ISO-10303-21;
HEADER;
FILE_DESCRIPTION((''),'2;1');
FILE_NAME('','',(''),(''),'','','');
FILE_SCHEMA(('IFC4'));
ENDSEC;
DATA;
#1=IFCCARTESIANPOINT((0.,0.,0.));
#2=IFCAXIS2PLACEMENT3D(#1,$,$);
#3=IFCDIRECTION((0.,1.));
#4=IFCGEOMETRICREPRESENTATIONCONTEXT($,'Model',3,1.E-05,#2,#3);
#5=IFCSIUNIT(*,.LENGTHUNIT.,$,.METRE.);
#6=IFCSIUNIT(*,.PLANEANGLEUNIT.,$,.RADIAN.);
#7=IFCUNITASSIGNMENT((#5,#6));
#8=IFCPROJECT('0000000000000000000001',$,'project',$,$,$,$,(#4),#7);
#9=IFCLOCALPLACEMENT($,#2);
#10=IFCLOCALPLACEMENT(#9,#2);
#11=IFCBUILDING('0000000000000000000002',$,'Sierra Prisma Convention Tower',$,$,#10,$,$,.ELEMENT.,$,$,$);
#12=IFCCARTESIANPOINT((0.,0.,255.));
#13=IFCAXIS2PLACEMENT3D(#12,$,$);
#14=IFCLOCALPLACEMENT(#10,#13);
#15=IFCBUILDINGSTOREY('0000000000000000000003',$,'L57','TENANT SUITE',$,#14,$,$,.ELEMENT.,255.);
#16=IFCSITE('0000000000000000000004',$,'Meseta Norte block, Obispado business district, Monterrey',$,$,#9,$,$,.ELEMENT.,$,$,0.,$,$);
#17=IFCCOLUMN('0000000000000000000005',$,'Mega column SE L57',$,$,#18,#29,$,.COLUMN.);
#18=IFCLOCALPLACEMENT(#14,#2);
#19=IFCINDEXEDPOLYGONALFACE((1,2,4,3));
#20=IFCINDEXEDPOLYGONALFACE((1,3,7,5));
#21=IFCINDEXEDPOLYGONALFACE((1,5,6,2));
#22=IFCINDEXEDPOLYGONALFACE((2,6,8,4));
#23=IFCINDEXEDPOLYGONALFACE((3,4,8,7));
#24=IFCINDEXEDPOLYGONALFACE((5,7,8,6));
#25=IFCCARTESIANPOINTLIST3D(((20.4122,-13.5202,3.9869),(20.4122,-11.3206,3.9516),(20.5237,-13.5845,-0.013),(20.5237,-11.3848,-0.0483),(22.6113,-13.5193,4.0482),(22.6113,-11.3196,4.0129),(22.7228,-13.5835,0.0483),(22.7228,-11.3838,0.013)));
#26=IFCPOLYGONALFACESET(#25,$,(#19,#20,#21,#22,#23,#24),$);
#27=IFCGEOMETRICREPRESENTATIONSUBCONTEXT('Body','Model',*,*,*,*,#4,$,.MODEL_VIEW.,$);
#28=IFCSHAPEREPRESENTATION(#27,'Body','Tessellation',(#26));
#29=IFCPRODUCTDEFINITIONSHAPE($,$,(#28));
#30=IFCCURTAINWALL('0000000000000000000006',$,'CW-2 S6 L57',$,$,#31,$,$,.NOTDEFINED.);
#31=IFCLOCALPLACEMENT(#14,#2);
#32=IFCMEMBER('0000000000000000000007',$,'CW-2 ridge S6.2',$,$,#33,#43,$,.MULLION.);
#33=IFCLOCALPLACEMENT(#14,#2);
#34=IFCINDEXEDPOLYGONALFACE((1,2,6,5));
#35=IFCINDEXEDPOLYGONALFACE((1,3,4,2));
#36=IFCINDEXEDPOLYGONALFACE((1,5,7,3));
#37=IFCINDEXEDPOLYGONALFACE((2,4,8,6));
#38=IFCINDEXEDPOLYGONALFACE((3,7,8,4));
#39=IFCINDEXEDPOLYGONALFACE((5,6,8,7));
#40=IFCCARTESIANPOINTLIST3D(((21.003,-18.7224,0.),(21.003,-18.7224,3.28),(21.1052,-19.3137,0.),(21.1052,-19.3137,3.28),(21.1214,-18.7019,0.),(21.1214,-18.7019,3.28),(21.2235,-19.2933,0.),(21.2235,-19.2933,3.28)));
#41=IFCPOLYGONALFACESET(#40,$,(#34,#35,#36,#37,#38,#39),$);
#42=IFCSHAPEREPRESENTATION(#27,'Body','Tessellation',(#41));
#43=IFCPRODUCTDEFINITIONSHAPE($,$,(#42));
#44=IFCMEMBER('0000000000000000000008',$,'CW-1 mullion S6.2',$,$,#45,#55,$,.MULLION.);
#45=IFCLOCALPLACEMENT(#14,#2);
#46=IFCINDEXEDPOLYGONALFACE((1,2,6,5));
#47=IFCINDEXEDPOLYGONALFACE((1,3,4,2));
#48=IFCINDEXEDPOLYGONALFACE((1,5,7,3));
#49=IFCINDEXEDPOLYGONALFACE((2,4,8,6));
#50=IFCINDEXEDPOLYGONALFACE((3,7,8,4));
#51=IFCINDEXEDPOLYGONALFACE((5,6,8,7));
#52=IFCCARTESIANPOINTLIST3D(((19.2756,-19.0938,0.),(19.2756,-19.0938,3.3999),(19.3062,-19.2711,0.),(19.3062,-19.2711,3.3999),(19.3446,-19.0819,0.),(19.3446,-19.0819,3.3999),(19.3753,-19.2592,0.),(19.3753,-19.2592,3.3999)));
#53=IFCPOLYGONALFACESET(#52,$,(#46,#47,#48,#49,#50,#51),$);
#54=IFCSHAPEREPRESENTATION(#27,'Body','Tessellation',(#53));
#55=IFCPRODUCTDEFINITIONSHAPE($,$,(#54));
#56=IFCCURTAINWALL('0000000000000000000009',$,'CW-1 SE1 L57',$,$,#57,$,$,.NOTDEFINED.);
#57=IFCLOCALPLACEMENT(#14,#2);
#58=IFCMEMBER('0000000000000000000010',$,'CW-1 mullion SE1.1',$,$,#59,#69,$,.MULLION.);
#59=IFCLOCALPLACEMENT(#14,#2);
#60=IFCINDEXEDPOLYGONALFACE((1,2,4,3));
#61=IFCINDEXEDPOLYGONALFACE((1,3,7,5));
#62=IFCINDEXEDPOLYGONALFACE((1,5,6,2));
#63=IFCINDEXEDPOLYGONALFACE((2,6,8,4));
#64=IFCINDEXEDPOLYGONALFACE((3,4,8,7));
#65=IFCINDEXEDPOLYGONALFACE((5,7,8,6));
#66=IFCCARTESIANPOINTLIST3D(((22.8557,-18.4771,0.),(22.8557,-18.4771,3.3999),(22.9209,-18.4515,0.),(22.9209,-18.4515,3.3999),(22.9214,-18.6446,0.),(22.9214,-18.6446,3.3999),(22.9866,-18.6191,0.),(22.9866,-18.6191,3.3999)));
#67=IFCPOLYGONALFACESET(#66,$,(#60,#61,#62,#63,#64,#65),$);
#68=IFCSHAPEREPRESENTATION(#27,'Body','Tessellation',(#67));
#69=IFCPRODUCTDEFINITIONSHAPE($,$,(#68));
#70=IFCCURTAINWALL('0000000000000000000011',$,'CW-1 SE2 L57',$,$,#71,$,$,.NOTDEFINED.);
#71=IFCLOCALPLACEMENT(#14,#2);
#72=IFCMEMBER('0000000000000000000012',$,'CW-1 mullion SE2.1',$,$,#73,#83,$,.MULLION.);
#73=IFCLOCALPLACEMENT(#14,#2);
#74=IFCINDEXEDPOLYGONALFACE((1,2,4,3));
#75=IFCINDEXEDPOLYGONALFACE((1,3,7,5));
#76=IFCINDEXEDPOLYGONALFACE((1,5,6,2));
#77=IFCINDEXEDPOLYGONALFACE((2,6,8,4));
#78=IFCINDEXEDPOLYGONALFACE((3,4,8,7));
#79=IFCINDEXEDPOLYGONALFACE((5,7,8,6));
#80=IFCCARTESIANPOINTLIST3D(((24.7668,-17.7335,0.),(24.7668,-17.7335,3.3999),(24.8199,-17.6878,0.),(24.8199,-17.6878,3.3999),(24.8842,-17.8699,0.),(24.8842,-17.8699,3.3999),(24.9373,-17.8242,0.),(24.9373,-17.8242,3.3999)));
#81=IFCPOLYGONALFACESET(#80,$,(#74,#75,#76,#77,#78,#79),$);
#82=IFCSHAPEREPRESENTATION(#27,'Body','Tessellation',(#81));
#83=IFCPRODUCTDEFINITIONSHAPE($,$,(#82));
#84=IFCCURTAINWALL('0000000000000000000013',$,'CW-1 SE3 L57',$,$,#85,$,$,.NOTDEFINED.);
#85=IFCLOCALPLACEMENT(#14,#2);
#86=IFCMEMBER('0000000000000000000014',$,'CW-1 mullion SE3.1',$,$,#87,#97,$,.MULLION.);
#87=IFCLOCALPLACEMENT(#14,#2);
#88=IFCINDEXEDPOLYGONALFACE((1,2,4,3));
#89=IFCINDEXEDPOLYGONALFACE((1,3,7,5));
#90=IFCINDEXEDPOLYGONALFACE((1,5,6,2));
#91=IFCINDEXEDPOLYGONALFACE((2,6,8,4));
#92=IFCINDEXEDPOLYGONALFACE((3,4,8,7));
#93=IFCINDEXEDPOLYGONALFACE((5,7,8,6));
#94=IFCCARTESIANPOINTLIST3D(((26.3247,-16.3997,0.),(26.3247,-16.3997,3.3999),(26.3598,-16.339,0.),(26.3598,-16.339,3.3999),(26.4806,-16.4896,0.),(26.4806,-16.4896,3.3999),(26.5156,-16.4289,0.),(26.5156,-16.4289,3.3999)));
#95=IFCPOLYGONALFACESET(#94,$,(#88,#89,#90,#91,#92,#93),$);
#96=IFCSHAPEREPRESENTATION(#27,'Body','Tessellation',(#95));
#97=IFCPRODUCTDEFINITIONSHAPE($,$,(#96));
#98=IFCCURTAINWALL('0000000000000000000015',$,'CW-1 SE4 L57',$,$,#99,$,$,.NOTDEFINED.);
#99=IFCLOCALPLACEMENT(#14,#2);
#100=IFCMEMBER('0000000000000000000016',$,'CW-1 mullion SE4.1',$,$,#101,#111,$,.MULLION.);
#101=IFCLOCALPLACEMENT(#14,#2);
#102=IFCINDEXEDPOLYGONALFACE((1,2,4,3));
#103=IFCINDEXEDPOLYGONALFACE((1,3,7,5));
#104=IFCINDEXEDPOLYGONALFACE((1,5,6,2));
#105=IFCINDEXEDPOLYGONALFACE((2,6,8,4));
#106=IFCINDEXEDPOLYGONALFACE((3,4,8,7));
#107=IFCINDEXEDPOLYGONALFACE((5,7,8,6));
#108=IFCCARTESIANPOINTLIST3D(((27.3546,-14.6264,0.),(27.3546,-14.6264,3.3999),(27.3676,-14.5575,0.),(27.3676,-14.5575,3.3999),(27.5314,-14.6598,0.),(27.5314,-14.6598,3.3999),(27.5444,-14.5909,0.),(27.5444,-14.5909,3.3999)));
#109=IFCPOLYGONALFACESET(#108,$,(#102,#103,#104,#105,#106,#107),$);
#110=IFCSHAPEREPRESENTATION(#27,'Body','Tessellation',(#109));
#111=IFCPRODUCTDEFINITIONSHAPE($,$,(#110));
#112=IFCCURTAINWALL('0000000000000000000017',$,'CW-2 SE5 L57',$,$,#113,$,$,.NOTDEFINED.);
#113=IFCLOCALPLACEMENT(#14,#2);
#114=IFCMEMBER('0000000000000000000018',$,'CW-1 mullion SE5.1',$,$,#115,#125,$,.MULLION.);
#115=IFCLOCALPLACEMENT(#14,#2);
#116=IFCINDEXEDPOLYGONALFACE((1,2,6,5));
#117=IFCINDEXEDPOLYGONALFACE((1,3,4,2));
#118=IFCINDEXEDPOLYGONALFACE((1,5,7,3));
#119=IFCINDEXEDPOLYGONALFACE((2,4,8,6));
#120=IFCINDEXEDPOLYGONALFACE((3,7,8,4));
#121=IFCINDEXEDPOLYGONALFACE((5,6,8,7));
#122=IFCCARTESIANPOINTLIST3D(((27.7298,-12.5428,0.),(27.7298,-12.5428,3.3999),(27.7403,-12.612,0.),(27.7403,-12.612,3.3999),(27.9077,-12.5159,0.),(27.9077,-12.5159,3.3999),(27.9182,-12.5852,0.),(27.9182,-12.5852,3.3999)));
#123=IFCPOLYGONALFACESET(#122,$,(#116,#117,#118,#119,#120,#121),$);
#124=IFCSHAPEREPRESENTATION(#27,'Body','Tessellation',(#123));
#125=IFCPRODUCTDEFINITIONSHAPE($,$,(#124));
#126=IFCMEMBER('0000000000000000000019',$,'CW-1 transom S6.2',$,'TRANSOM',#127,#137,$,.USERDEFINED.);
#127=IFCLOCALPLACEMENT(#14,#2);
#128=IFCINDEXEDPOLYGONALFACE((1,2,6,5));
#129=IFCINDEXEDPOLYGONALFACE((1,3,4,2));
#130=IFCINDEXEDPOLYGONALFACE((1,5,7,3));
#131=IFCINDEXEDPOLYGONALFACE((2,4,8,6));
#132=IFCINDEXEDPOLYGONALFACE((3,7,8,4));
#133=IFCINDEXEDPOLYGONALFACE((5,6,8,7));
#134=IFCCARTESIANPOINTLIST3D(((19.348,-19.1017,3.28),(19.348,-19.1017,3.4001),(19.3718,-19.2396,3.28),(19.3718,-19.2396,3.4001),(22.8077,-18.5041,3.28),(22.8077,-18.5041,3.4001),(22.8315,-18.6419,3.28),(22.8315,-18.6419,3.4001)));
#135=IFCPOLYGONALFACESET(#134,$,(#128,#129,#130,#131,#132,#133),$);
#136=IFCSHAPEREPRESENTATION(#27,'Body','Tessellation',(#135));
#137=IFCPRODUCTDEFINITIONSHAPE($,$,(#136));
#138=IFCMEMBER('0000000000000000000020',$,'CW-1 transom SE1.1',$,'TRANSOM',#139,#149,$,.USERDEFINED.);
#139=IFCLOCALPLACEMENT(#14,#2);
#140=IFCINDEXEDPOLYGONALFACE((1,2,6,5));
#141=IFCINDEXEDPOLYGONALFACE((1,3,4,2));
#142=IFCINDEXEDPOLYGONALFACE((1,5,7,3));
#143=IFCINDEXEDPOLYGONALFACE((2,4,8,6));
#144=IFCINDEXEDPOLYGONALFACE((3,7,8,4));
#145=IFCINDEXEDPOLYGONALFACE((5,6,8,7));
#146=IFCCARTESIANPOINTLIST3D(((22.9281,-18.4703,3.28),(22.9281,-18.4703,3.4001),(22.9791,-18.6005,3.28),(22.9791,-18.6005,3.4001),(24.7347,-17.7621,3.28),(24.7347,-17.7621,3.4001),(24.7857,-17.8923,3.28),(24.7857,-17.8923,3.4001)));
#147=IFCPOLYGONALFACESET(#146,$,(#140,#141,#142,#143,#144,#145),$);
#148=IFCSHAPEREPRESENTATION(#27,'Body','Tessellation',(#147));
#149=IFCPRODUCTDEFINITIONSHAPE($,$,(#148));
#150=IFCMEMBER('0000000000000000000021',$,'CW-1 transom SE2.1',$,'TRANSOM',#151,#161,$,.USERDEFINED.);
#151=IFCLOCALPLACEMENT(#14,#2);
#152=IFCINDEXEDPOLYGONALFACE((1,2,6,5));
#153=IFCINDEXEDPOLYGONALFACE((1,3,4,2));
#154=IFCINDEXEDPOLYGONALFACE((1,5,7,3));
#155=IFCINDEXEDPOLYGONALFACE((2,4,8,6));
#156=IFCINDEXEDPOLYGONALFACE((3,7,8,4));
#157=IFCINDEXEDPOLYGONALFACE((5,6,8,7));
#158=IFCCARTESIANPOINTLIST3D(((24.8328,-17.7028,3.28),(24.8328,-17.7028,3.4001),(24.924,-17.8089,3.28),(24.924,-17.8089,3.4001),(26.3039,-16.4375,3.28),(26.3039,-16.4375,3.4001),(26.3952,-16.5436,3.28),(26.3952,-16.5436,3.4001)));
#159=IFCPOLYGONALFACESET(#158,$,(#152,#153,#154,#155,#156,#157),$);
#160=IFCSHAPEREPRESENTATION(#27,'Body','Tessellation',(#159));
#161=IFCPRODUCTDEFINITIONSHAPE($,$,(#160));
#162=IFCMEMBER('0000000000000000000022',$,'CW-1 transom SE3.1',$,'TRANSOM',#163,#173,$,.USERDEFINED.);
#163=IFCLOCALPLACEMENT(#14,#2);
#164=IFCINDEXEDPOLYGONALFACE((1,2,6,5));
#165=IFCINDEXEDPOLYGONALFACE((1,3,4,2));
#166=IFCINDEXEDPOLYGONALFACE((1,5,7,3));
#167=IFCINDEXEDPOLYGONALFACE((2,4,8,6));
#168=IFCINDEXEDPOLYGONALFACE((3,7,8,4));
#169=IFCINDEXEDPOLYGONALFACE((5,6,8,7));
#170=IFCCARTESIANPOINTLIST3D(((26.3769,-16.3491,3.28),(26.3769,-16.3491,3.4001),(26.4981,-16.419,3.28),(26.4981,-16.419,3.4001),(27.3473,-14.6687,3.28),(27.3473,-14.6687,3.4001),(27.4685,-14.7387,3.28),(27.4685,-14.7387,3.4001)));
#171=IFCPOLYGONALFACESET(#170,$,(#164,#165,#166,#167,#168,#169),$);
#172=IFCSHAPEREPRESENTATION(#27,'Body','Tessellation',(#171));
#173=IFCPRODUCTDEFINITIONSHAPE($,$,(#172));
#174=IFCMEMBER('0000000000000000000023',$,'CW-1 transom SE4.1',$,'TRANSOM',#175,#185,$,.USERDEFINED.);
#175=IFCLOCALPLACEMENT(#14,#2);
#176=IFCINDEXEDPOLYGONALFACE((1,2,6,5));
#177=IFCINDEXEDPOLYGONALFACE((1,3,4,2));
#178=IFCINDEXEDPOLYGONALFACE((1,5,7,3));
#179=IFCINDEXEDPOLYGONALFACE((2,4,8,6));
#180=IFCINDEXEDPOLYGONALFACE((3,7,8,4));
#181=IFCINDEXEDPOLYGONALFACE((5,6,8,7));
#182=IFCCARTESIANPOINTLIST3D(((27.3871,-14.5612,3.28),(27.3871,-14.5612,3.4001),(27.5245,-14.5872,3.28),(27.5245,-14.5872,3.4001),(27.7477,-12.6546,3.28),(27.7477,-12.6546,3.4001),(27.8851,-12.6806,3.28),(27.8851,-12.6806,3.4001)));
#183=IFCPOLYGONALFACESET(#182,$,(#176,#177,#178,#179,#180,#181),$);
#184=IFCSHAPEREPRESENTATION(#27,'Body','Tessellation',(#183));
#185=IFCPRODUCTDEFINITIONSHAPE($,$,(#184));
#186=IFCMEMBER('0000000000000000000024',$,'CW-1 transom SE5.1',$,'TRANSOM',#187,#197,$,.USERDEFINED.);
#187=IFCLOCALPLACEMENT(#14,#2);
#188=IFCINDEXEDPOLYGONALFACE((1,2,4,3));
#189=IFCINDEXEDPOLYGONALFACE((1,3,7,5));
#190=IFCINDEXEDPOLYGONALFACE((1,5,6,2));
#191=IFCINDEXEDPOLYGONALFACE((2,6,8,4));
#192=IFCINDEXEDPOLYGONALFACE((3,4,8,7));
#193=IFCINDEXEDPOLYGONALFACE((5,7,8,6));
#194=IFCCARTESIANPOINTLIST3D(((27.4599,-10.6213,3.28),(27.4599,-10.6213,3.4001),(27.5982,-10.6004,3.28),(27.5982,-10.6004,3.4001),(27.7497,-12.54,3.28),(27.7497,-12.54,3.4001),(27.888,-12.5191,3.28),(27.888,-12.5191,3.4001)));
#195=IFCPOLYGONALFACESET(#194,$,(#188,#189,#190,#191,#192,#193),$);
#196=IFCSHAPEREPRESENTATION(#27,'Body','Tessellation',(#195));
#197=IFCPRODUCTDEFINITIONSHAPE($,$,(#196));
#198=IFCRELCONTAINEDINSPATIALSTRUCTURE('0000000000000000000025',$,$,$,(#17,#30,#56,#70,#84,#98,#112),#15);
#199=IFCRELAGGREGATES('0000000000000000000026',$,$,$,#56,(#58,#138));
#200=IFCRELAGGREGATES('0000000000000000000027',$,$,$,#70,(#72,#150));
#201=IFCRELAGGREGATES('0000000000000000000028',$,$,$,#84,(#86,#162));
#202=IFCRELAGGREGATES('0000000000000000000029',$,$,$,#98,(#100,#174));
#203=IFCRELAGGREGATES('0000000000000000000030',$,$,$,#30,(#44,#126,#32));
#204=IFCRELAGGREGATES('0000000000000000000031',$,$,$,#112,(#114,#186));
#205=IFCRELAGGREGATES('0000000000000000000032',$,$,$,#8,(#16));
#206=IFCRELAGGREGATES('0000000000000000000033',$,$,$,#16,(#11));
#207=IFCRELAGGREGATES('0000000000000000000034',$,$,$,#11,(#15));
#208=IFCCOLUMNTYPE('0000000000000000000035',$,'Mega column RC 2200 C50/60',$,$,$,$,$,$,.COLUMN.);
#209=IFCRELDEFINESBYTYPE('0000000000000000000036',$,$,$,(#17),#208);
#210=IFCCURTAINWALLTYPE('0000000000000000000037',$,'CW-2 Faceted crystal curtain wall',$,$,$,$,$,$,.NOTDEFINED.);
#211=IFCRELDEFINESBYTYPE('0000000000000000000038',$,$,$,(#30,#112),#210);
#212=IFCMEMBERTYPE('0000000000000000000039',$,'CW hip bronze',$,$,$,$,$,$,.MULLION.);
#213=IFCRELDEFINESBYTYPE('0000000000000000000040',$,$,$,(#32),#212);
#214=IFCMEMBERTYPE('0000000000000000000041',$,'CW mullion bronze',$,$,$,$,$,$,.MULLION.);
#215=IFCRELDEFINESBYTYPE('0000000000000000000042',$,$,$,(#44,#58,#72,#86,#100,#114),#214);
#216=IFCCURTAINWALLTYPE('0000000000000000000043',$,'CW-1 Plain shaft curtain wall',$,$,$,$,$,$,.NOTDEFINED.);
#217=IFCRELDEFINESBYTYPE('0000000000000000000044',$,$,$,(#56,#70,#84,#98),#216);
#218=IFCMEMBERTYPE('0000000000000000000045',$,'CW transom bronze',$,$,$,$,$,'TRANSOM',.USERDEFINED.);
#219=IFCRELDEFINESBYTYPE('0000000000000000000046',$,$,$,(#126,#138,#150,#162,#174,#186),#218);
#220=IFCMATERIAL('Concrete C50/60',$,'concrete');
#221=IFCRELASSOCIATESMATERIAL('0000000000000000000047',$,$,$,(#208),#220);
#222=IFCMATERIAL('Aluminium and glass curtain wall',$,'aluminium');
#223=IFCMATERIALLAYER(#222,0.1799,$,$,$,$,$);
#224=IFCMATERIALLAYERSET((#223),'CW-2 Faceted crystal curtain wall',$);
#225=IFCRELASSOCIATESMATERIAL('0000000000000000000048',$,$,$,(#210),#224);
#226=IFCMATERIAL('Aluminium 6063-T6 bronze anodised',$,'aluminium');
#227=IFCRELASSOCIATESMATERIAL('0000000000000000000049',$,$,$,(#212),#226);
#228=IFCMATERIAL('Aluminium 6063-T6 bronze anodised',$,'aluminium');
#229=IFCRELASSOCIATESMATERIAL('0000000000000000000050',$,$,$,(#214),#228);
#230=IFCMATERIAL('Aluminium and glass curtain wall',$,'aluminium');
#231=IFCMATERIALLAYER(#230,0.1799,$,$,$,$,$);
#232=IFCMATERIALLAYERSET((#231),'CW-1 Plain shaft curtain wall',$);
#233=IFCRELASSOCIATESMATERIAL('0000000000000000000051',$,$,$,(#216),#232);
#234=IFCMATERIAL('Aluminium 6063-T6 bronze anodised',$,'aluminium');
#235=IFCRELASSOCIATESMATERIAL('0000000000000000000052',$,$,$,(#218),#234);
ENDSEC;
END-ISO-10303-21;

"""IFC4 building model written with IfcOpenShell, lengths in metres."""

from ifc_helpers import new_model, si_unit, direction, frame, origin, origin_2d, place, context, subcontext, project, spatial, rectangle, extrude, material, layer, layer_set, material_profile, profile_set, type_object, element, aggregate, save


model = new_model("IFC4")

# Units and contexts
model_context = context("Model", 3, precision=1e-05, world=origin(), true_north=direction((0.0, 1.0)))
body_context = subcontext(model_context, "Body", "Model", "MODEL_VIEW")
ifc_project = project(units=[si_unit("LENGTHUNIT", "METRE"), si_unit("PLANEANGLEUNIT", "RADIAN")], contexts=[model_context])

# Site, building, storey
site_placement = place(None, origin())
site = spatial("IfcSite", under=ifc_project, at=site_placement, Name="Meseta Norte block, Obispado business district, Monterrey", CompositionType="ELEMENT", RefElevation=0.0)
building_placement = place(site_placement, origin())
building = spatial("IfcBuilding", under=site, at=building_placement, Name="Sierra Prisma Convention Tower", CompositionType="ELEMENT")
storey_placement = place(building_placement, frame((0.0, 0.0, 255.0)))
storey = spatial("IfcBuildingStorey", under=building, at=storey_placement, Name="L57", Description="TENANT SUITE", CompositionType="ELEMENT", Elevation=255.0)

# Column
ifc_material_1 = material(Name="Concrete C50/60", Category="concrete")
ifc_material_profile_1 = material_profile(ifc_material_1, rectangle(XDim=2.2, YDim=2.2, at=origin_2d()), Name="Mega column RC 2200 C50/60")
ifc_profile_set_1 = profile_set([ifc_material_profile_1], Name="Concrete C50/60")
column_type = type_object("IfcColumnType", Name="Mega column RC 2200 C50/60", PredefinedType="COLUMN", material=ifc_profile_set_1)
column_placement = place(storey_placement, frame((21.6233, -12.4841, 0.0), z_axis=(-0.027879, 0.016044, 0.999483), x_axis=(0.999611, 0.000447, 0.027875)))
element("IfcColumn", 1, at=column_placement, inside=storey, type_object=column_type, Name="Mega column SE L57", PredefinedType="COLUMN", context=body_context, shape_type="SweptSolid", body=[
    extrude(rectangle(XDim=2.2, YDim=2.2, at=origin_2d()), origin(), (0.0, 0.0, 1.0), 4.002),
])

# Curtain wall, members
ifc_material_2 = material(Name="Aluminium and glass curtain wall", Category="aluminium")
ifc_layer_1 = layer(ifc_material_2, 0.1799)
ifc_layer_set_1 = layer_set([ifc_layer_1], Name="CW-2 Faceted crystal curtain wall")
curtain_wall_type_1 = type_object("IfcCurtainWallType", Name="CW-2 Faceted crystal curtain wall", PredefinedType="NOTDEFINED", material=ifc_layer_set_1)
curtain_wall_1_placement = place(storey_placement, origin())
curtain_wall_1 = element("IfcCurtainWall", 2, at=curtain_wall_1_placement, inside=storey, type_object=curtain_wall_type_1, Name="CW-2 S6 L57", PredefinedType="NOTDEFINED")
ifc_material_3 = material(Name="Aluminium 6063-T6 bronze anodised", Category="aluminium")
ifc_material_profile_2 = material_profile(ifc_material_3, rectangle(XDim=0.1201, YDim=0.6001, at=origin_2d()), Name="ALU RIDGE BLADE 120x600")
ifc_profile_set_2 = profile_set([ifc_material_profile_2], Name="Aluminium 6063-T6 bronze anodised")
member_type_1 = type_object("IfcMemberType", Name="CW hip bronze", PredefinedType="MULLION", material=ifc_profile_set_2)
member_1_placement = place(storey_placement, frame((21.1133, -19.0078, 0.0), z_axis=(0.0, 0.0, 1.0), x_axis=(0.985403, 0.170235, 0.0)))
member_1 = element("IfcMember", 3, at=member_1_placement, type_object=member_type_1, Name="CW-2 ridge S6.2", PredefinedType="MULLION", context=body_context, shape_type="SweptSolid", body=[
    extrude(rectangle(XDim=0.1201, YDim=0.6001, at=origin_2d()), origin(), (0.0, 0.0, 1.0), 3.28),
])
ifc_material_4 = material(Name="Aluminium 6063-T6 bronze anodised", Category="aluminium")
ifc_material_profile_3 = material_profile(ifc_material_4, rectangle(XDim=0.1799, YDim=0.0701, at=origin_2d()), Name="ALU MULLION 70x180")
ifc_profile_set_3 = profile_set([ifc_material_profile_3], Name="Aluminium 6063-T6 bronze anodised")
member_type_2 = type_object("IfcMemberType", Name="CW mullion bronze", PredefinedType="MULLION", material=ifc_profile_set_3)
member_2_placement = place(storey_placement, frame((19.3254, -19.1765, 0.0), z_axis=(0.0, 0.0, 1.0), x_axis=(-0.170235, 0.985403, 0.0)))
member_2 = element("IfcMember", 4, at=member_2_placement, type_object=member_type_2, Name="CW-1 mullion S6.2", PredefinedType="MULLION", context=body_context, shape_type="SweptSolid", body=[
    extrude(rectangle(XDim=0.1799, YDim=0.0701, at=origin_2d()), origin(), (0.0, 0.0, 1.0), 3.3999),
])

# Curtain walls, members
ifc_material_5 = material(Name="Aluminium and glass curtain wall", Category="aluminium")
ifc_layer_2 = layer(ifc_material_5, 0.1799)
ifc_layer_set_2 = layer_set([ifc_layer_2], Name="CW-1 Plain shaft curtain wall")
curtain_wall_type_2 = type_object("IfcCurtainWallType", Name="CW-1 Plain shaft curtain wall", PredefinedType="NOTDEFINED", material=ifc_layer_set_2)
curtain_wall_2_placement = place(storey_placement, origin())
curtain_wall_2 = element("IfcCurtainWall", 5, at=curtain_wall_2_placement, inside=storey, type_object=curtain_wall_type_2, Name="CW-1 SE1 L57", PredefinedType="NOTDEFINED")
member_3_placement = place(storey_placement, frame((22.9211, -18.5481, 0.0), z_axis=(0.0, 0.0, 1.0), x_axis=(-0.36503, 0.930996, 0.0)))
member_3 = element("IfcMember", 6, at=member_3_placement, type_object=member_type_2, Name="CW-1 mullion SE1.1", PredefinedType="MULLION", context=body_context, shape_type="SweptSolid", body=[
    extrude(rectangle(XDim=0.1799, YDim=0.0701, at=origin_2d()), origin(), (0.0, 0.0, 1.0), 3.3999),
])
curtain_wall_3_placement = place(storey_placement, origin())
curtain_wall_3 = element("IfcCurtainWall", 7, at=curtain_wall_3_placement, inside=storey, type_object=curtain_wall_type_2, Name="CW-1 SE2 L57", PredefinedType="NOTDEFINED")
member_4_placement = place(storey_placement, frame((24.8521, -17.7788, 0.0), z_axis=(0.0, 0.0, 1.0), x_axis=(-0.652161, 0.758081, 0.0)))
member_4 = element("IfcMember", 8, at=member_4_placement, type_object=member_type_2, Name="CW-1 mullion SE2.1", PredefinedType="MULLION", context=body_context, shape_type="SweptSolid", body=[
    extrude(rectangle(XDim=0.1799, YDim=0.0701, at=origin_2d()), origin(), (0.0, 0.0, 1.0), 3.3999),
])
curtain_wall_4_placement = place(storey_placement, origin())
curtain_wall_4 = element("IfcCurtainWall", 9, at=curtain_wall_4_placement, inside=storey, type_object=curtain_wall_type_2, Name="CW-1 SE3 L57", PredefinedType="NOTDEFINED")
member_5_placement = place(storey_placement, frame((26.4202, -16.4143, 0.0), z_axis=(0.0, 0.0, 1.0), x_axis=(-0.866025, 0.5, 0.0)))
member_5 = element("IfcMember", 10, at=member_5_placement, type_object=member_type_2, Name="CW-1 mullion SE3.1", PredefinedType="MULLION", context=body_context, shape_type="SweptSolid", body=[
    extrude(rectangle(XDim=0.1799, YDim=0.0701, at=origin_2d()), origin(), (0.0, 0.0, 1.0), 3.3999),
])
curtain_wall_5_placement = place(storey_placement, origin())
curtain_wall_5 = element("IfcCurtainWall", 11, at=curtain_wall_5_placement, inside=storey, type_object=curtain_wall_type_2, Name="CW-1 SE4 L57", PredefinedType="NOTDEFINED")
member_6_placement = place(storey_placement, frame((27.4495, -14.6086, 0.0), z_axis=(0.0, 0.0, 1.0), x_axis=(-0.982598, 0.185747, 0.0)))
member_6 = element("IfcMember", 12, at=member_6_placement, type_object=member_type_2, Name="CW-1 mullion SE4.1", PredefinedType="MULLION", context=body_context, shape_type="SweptSolid", body=[
    extrude(rectangle(XDim=0.1799, YDim=0.0701, at=origin_2d()), origin(), (0.0, 0.0, 1.0), 3.3999),
])
curtain_wall_6_placement = place(storey_placement, origin())
curtain_wall_6 = element("IfcCurtainWall", 13, at=curtain_wall_6_placement, inside=storey, type_object=curtain_wall_type_1, Name="CW-2 SE5 L57", PredefinedType="NOTDEFINED")
member_7_placement = place(storey_placement, frame((27.824, -12.564, 0.0), z_axis=(0.0, 0.0, 1.0), x_axis=(-0.988781, -0.149373, 0.0)))
member_7 = element("IfcMember", 14, at=member_7_placement, type_object=member_type_2, Name="CW-1 mullion SE5.1", PredefinedType="MULLION", context=body_context, shape_type="SweptSolid", body=[
    extrude(rectangle(XDim=0.1799, YDim=0.0701, at=origin_2d()), origin(), (0.0, 0.0, 1.0), 3.3999),
])

# Members
ifc_material_6 = material(Name="Aluminium 6063-T6 bronze anodised", Category="aluminium")
ifc_material_profile_4 = material_profile(ifc_material_6, rectangle(XDim=0.1399, YDim=0.1201, at=origin_2d()), Name="ALU TRANSOM 120x140")
ifc_profile_set_4 = profile_set([ifc_material_profile_4], Name="Aluminium 6063-T6 bronze anodised")
member_type_3 = type_object("IfcMemberType", Name="CW transom bronze", ElementType="TRANSOM", PredefinedType="USERDEFINED", material=ifc_profile_set_4)
member_8_placement = place(storey_placement, frame((19.3599, -19.1707, 3.3401), z_axis=(0.985405, 0.170226, 0.0), x_axis=(-0.170226, 0.985405, 0.0)))
member_8 = element("IfcMember", 15, at=member_8_placement, type_object=member_type_3, Name="CW-1 transom S6.2", ObjectType="TRANSOM", PredefinedType="USERDEFINED", context=body_context, shape_type="SweptSolid", body=[
    extrude(rectangle(XDim=0.1399, YDim=0.1201, at=origin_2d()), origin(), (0.0, 0.0, 1.0), 3.511),
])
member_9_placement = place(storey_placement, frame((22.9536, -18.5354, 3.3401), z_axis=(0.931014, 0.364983, 0.0), x_axis=(-0.364983, 0.931014, 0.0)))
member_9 = element("IfcMember", 16, at=member_9_placement, type_object=member_type_3, Name="CW-1 transom SE1.1", ObjectType="TRANSOM", PredefinedType="USERDEFINED", context=body_context, shape_type="SweptSolid", body=[
    extrude(rectangle(XDim=0.1399, YDim=0.1201, at=origin_2d()), origin(), (0.0, 0.0, 1.0), 1.9404),
])
member_10_placement = place(storey_placement, frame((24.8784, -17.7559, 3.3401), z_axis=(0.758145, 0.652086, 0.0), x_axis=(-0.652086, 0.758145, 0.0)))
member_10 = element("IfcMember", 17, at=member_10_placement, type_object=member_type_3, Name="CW-1 transom SE2.1", ObjectType="TRANSOM", PredefinedType="USERDEFINED", context=body_context, shape_type="SweptSolid", body=[
    extrude(rectangle(XDim=0.1399, YDim=0.1201, at=origin_2d()), origin(), (0.0, 0.0, 1.0), 1.9404),
])
member_11_placement = place(storey_placement, frame((26.4375, -16.384, 3.3401), z_axis=(0.500104, 0.865966, 0.0), x_axis=(-0.865966, 0.500104, 0.0)))
member_11 = element("IfcMember", 18, at=member_11_placement, type_object=member_type_3, Name="CW-1 transom SE3.1", ObjectType="TRANSOM", PredefinedType="USERDEFINED", context=body_context, shape_type="SweptSolid", body=[
    extrude(rectangle(XDim=0.1399, YDim=0.1201, at=origin_2d()), origin(), (0.0, 0.0, 1.0), 1.9404),
])
member_12_placement = place(storey_placement, frame((27.4558, -14.5742, 3.3401), z_axis=(0.185823, 0.982583, 0.0), x_axis=(-0.982583, 0.185823, 0.0)))
member_12 = element("IfcMember", 19, at=member_12_placement, type_object=member_type_3, Name="CW-1 transom SE4.1", ObjectType="TRANSOM", PredefinedType="USERDEFINED", context=body_context, shape_type="SweptSolid", body=[
    extrude(rectangle(XDim=0.1399, YDim=0.1201, at=origin_2d()), origin(), (0.0, 0.0, 1.0), 1.9404),
])
member_13_placement = place(storey_placement, frame((27.8188, -12.5295, 3.3401), z_axis=(-0.149343, 0.988785, 0.0), x_axis=(-0.988785, -0.149343, 0.0)))
member_13 = element("IfcMember", 20, at=member_13_placement, type_object=member_type_3, Name="CW-1 transom SE5.1", ObjectType="TRANSOM", PredefinedType="USERDEFINED", context=body_context, shape_type="SweptSolid", body=[
    extrude(rectangle(XDim=0.1399, YDim=0.1201, at=origin_2d()), origin(), (0.0, 0.0, 1.0), 1.9404),
])

aggregate(curtain_wall_2, [member_3, member_9])
aggregate(curtain_wall_3, [member_4, member_10])
aggregate(curtain_wall_4, [member_5, member_11])
aggregate(curtain_wall_5, [member_6, member_12])
aggregate(curtain_wall_1, [member_2, member_8, member_1])
aggregate(curtain_wall_6, [member_7, member_13])

save(model, "model.ifc")
